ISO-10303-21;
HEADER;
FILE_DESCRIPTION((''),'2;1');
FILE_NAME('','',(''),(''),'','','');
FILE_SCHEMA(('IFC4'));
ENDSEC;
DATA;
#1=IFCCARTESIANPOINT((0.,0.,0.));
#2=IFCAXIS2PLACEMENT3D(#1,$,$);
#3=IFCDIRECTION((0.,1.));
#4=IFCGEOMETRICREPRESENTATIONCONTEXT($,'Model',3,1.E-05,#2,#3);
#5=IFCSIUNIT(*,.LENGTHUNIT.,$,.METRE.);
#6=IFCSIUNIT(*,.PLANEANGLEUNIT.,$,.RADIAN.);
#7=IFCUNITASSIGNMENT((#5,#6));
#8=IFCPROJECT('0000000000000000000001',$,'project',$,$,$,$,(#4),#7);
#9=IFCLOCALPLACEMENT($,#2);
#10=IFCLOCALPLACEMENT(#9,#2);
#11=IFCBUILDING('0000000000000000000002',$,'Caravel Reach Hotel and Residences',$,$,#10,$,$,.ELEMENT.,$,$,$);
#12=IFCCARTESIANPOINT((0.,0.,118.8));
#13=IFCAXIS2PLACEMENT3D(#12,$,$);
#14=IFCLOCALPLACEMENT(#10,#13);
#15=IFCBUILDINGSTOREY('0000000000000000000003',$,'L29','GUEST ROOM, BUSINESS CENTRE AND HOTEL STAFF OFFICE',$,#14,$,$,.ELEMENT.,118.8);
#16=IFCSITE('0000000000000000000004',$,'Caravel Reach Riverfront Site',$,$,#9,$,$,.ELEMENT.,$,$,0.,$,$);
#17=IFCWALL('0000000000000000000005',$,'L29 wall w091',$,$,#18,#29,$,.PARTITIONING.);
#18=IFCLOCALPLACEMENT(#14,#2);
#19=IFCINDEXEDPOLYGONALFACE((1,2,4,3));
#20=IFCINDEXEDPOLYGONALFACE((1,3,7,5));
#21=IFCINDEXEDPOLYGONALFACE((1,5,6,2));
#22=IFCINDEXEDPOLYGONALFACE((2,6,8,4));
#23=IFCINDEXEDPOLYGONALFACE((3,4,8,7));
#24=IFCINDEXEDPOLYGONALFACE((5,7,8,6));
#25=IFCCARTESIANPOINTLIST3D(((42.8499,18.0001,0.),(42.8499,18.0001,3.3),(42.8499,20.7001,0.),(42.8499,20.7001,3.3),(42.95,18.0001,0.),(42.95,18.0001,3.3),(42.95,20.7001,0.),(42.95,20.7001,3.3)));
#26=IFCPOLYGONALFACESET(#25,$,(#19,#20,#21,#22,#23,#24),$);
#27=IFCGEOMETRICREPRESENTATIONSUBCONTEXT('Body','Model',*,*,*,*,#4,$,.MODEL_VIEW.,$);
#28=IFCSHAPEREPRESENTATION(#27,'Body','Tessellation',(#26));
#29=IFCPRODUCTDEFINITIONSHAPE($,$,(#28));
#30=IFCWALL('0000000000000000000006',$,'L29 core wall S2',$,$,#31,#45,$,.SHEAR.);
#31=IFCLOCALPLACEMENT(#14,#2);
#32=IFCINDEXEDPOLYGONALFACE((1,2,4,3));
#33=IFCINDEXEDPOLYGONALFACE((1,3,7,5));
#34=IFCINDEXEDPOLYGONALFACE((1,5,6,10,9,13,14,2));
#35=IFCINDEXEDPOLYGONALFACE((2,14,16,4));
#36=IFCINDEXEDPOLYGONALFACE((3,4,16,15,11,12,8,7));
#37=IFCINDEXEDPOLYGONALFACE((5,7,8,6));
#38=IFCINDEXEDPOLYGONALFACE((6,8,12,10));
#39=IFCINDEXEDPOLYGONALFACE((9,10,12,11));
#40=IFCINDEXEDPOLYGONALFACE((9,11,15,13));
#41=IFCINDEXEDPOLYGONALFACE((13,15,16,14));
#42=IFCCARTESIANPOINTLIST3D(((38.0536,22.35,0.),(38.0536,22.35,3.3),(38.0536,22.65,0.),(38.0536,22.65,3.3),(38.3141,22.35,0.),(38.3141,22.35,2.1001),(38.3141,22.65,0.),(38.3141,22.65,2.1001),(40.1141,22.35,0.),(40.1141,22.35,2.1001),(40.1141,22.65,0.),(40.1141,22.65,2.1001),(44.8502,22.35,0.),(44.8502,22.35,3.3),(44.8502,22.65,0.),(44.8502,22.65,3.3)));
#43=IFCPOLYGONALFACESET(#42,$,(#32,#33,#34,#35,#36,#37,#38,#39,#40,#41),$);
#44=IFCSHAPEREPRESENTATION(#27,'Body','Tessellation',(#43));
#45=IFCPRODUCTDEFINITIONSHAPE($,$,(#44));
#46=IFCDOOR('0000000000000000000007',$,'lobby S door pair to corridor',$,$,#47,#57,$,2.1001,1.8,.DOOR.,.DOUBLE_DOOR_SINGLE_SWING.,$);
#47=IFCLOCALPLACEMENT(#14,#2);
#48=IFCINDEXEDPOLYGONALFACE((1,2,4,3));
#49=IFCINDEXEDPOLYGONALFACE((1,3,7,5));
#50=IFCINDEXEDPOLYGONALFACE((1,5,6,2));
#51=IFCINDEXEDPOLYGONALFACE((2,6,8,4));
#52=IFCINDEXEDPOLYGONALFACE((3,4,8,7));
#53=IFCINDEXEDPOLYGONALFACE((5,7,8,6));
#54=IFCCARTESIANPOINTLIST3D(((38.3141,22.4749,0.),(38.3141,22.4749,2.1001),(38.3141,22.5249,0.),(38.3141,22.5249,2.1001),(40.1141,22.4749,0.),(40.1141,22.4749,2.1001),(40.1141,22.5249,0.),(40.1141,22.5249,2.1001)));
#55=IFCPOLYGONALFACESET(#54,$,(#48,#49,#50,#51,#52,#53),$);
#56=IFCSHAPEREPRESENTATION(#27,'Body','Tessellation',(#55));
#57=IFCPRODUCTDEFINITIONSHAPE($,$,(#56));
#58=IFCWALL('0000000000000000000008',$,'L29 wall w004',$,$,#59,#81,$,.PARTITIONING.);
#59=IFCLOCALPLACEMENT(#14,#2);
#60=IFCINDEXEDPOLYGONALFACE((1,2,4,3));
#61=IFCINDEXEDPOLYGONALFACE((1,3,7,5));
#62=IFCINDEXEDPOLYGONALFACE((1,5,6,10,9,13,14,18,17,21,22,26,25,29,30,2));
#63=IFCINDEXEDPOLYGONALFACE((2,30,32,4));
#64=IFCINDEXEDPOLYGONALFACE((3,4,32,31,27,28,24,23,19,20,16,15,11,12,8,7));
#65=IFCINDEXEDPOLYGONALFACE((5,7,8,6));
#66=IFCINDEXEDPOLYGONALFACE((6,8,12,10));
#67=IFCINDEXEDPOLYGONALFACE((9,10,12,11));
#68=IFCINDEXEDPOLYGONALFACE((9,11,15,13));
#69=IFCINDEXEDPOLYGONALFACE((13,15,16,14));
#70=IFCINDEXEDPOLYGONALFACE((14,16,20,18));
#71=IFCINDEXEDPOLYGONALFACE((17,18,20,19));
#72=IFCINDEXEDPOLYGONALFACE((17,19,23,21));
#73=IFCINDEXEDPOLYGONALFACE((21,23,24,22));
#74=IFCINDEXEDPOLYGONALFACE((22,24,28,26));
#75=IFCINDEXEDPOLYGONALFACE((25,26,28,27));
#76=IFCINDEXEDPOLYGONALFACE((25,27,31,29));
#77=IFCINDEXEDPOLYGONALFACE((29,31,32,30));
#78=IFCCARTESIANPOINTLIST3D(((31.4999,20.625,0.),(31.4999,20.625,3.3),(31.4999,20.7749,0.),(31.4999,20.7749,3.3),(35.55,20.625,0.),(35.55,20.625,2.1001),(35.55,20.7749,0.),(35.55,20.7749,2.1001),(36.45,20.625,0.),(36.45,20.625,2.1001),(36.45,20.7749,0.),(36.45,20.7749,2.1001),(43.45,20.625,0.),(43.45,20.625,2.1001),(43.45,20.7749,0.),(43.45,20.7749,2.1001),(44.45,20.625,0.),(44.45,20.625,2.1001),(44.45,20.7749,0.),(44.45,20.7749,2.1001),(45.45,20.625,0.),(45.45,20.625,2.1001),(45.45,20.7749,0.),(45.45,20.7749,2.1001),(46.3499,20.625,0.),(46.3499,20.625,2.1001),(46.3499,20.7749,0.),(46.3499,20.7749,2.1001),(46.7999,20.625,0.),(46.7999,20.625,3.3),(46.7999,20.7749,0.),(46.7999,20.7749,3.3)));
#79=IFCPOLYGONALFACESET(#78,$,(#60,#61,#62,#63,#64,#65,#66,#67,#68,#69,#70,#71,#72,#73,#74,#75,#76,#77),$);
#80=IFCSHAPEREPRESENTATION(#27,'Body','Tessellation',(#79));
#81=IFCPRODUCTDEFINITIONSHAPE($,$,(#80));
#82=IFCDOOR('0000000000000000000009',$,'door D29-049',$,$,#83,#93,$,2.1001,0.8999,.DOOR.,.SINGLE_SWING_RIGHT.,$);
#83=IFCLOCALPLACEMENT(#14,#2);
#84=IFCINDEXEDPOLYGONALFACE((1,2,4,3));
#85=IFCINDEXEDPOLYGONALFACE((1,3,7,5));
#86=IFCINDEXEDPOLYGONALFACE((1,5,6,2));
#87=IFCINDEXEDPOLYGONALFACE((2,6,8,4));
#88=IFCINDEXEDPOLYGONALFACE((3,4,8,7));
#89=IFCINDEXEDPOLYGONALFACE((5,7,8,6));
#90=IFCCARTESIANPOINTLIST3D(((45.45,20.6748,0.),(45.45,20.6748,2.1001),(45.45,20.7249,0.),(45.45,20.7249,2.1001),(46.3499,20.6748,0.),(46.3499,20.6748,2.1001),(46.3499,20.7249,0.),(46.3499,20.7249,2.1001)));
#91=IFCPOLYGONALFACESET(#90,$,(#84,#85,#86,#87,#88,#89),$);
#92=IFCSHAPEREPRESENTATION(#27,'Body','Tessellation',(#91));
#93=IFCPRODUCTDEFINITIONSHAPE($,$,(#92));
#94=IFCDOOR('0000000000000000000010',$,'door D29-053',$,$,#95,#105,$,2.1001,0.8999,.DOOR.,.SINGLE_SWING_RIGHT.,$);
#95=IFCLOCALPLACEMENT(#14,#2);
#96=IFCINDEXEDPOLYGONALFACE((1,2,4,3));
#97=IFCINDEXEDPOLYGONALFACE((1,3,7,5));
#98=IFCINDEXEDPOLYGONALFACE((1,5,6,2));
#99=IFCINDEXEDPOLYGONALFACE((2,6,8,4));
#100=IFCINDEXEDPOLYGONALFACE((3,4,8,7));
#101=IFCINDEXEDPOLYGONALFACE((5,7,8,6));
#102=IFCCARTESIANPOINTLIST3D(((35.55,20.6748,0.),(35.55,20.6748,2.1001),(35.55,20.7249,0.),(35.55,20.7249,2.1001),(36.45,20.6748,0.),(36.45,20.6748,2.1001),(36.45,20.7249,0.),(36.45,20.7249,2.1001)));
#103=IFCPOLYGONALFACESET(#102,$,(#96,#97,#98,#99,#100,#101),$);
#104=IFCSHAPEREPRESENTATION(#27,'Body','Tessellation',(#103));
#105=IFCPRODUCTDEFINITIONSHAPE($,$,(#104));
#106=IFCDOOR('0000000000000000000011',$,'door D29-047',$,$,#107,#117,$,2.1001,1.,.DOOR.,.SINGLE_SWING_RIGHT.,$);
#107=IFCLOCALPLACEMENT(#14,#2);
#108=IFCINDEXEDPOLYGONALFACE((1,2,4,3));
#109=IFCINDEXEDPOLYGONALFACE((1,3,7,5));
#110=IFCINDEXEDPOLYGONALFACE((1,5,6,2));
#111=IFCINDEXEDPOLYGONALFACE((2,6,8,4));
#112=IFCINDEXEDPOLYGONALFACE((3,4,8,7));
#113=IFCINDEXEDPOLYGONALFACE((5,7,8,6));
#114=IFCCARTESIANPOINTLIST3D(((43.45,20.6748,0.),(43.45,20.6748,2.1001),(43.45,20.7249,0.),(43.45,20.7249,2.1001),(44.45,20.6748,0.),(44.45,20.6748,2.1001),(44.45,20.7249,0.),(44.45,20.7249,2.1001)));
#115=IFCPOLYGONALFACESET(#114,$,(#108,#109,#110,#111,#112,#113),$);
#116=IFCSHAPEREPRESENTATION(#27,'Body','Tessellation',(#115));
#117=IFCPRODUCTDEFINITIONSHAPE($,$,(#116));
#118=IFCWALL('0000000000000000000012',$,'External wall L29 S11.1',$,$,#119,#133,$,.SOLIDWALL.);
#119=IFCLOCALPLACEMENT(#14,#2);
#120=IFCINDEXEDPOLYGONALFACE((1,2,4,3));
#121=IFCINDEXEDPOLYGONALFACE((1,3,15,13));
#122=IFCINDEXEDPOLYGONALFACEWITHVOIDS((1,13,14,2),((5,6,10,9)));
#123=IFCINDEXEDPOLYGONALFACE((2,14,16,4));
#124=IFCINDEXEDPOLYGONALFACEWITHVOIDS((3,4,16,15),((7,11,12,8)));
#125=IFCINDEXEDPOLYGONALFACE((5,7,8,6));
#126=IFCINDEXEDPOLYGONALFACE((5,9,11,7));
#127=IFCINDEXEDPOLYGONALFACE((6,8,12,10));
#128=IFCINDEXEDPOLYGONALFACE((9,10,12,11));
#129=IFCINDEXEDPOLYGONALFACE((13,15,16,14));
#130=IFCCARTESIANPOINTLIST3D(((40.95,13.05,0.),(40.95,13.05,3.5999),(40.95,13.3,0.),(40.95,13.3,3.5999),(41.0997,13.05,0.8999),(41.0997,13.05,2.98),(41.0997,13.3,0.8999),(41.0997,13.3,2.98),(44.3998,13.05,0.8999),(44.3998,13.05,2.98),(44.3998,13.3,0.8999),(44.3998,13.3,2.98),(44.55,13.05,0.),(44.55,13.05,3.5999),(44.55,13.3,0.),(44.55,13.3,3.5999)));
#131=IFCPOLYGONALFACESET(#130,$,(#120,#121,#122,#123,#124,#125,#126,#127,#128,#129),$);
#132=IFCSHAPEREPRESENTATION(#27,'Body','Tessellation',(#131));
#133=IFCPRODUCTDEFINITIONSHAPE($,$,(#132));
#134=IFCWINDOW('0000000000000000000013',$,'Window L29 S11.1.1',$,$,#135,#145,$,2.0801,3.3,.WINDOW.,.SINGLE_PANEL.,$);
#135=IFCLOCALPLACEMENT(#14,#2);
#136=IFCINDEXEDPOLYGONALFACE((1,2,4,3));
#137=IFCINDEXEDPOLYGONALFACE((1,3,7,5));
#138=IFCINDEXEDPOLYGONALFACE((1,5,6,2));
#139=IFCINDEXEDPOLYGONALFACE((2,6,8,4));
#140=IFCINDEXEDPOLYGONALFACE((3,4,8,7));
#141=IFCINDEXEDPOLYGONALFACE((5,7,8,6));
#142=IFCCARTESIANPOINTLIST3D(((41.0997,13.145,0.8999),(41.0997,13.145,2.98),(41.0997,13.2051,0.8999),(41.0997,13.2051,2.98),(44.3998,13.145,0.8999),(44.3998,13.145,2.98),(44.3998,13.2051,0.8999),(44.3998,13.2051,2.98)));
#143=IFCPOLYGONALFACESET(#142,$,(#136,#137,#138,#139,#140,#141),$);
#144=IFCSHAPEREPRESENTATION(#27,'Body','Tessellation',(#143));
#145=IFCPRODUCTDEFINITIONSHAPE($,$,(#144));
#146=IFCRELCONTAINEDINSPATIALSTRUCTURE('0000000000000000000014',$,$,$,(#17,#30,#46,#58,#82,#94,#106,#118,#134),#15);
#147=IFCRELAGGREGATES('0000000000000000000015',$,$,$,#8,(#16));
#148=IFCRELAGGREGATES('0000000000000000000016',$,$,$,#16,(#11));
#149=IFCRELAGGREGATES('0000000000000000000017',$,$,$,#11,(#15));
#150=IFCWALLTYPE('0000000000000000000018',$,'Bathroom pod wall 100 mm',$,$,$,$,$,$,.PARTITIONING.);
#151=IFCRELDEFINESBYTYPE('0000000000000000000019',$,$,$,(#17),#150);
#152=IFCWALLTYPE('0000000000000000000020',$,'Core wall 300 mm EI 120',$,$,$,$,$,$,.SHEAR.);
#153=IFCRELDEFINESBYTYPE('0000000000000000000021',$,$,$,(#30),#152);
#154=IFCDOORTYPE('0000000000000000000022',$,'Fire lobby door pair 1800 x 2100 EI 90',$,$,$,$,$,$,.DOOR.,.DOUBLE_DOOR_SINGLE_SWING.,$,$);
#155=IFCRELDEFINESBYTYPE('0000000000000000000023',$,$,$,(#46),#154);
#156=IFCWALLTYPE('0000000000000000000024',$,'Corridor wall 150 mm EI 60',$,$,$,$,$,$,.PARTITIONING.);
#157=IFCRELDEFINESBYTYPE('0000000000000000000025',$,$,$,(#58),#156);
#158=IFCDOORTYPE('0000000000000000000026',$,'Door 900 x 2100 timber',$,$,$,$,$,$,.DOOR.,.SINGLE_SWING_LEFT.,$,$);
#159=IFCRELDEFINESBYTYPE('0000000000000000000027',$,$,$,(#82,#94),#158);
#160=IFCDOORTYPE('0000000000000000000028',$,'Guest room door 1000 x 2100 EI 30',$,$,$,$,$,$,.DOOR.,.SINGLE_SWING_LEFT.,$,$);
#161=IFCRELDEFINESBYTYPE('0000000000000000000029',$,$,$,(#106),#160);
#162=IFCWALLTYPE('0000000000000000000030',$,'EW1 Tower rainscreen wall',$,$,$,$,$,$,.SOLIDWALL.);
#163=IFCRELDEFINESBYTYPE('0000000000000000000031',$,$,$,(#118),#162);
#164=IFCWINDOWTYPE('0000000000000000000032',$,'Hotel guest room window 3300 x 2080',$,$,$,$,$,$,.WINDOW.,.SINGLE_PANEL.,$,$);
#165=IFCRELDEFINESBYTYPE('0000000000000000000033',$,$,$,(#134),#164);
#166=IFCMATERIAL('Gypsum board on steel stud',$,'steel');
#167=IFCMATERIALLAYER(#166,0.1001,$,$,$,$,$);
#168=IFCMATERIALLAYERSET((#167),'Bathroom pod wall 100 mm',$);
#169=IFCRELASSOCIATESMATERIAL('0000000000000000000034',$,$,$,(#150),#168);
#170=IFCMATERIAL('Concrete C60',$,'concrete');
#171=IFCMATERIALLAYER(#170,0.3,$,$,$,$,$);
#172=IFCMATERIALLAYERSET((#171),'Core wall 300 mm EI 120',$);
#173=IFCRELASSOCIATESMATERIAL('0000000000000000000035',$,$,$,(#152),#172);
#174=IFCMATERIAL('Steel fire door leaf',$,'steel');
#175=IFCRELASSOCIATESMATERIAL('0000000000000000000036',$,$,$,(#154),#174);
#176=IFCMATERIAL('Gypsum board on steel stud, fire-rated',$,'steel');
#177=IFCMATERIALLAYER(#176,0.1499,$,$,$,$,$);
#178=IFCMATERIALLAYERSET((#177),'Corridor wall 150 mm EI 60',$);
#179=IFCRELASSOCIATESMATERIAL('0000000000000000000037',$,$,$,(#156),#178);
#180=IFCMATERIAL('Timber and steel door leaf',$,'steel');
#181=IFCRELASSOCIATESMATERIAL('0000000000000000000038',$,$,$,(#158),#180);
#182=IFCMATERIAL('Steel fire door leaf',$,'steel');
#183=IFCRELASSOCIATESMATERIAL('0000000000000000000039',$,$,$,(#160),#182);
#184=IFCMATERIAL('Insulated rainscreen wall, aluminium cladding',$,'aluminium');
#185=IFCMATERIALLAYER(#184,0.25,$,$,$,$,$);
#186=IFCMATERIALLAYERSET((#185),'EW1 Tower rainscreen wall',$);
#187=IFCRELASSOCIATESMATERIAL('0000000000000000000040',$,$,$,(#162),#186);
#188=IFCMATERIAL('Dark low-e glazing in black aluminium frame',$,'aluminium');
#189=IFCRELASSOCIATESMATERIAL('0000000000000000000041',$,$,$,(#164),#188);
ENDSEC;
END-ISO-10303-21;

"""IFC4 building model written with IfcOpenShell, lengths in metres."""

from ifc_helpers import new_model, si_unit, direction, frame, frame_2d, origin, place, context, subcontext, project, spatial, rectangle, extrude, material, layer, layer_set, type_object, element, fill, save


model = new_model("IFC4")

# Units and contexts
model_context = context("Model", 3, precision=1e-05, world=origin(), true_north=direction((0.0, 1.0)))
body_context = subcontext(model_context, "Body", "Model", "MODEL_VIEW")
ifc_project = project(units=[si_unit("LENGTHUNIT", "METRE"), si_unit("PLANEANGLEUNIT", "RADIAN")], contexts=[model_context])

# Site, building, storey
site_placement = place(None, origin())
site = spatial("IfcSite", under=ifc_project, at=site_placement, Name="Caravel Reach Riverfront Site", CompositionType="ELEMENT", RefElevation=0.0)
building_placement = place(site_placement, origin())
building = spatial("IfcBuilding", under=site, at=building_placement, Name="Caravel Reach Hotel and Residences", CompositionType="ELEMENT")
storey_placement = place(building_placement, frame((0.0, 0.0, 118.8)))
storey = spatial("IfcBuildingStorey", under=building, at=storey_placement, Name="L29", Description="GUEST ROOM, BUSINESS CENTRE AND HOTEL STAFF OFFICE", CompositionType="ELEMENT", Elevation=118.8)

# Shared definitions
ifc_material_1 = material(Name="Gypsum board on steel stud", Category="steel")
ifc_layer_1 = layer(ifc_material_1, 0.1001)
ifc_layer_set_1 = layer_set([ifc_layer_1], Name="Bathroom pod wall 100 mm")
wall_type_1 = type_object("IfcWallType", Name="Bathroom pod wall 100 mm", PredefinedType="PARTITIONING", material=ifc_layer_set_1)

# Wall
wall_1_placement = place(storey_placement, frame((42.8999, 18.0, 0.0), z_axis=(0.0, 0.0, 1.0), x_axis=(0.0, 1.0, 0.0)))
element("IfcWall", 1, at=wall_1_placement, inside=storey, type_object=wall_type_1, Name="L29 wall w091", PredefinedType="PARTITIONING", context=body_context, shape_type="SweptSolid", body=[
    extrude(rectangle(XDim=2.7, YDim=0.1001, at=frame_2d((1.3501, 0.0))), origin(), (0.0, 0.0, 1.0), 3.3),
])

# Wall, opening, door
ifc_material_2 = material(Name="Concrete C60", Category="concrete")
ifc_layer_2 = layer(ifc_material_2, 0.3)
ifc_layer_set_2 = layer_set([ifc_layer_2], Name="Core wall 300 mm EI 120")
wall_type_2 = type_object("IfcWallType", Name="Core wall 300 mm EI 120", PredefinedType="SHEAR", material=ifc_layer_set_2)
wall_2_placement = place(storey_placement, frame((38.0535, 22.5, 0.0), z_axis=(0.0, 0.0, 1.0), x_axis=(1.0, 0.0, 0.0)))
wall_2 = element("IfcWall", 2, at=wall_2_placement, inside=storey, type_object=wall_type_2, Name="L29 core wall S2", PredefinedType="SHEAR", context=body_context, shape_type="SweptSolid", body=[
    extrude(rectangle(XDim=6.7966, YDim=0.3, at=frame_2d((3.3984, 0.0))), origin(), (0.0, 0.0, 1.0), 3.3),
])
opening_1_placement = place(wall_2_placement, frame((0.2607, 0.0, 0.0)))
opening_1 = element("IfcOpeningElement", 3, at=opening_1_placement, cuts=wall_2, PredefinedType="OPENING", context=body_context, shape_type="SweptSolid", body=[
    extrude(rectangle(XDim=1.8, YDim=2.1001, at=frame_2d((0.8999, 1.05))), frame((0.0, 0.1599, 0.0), z_axis=(0.0, -1.0, 0.0), x_axis=(1.0, 0.0, 0.0)), (0.0, 0.0, 1.0), 0.3201),
])
ifc_material_3 = material(Name="Steel fire door leaf", Category="steel")
door_type_1 = type_object("IfcDoorType", Name="Fire lobby door pair 1800 x 2100 EI 90", OperationType="DOUBLE_DOOR_SINGLE_SWING", PredefinedType="DOOR", material=ifc_material_3)
door_1_placement = place(opening_1_placement, origin())
door_1 = element("IfcDoor", 4, at=door_1_placement, inside=storey, type_object=door_type_1, Name="lobby S door pair to corridor", OperationType="DOUBLE_DOOR_SINGLE_SWING", OverallHeight=2.1001, OverallWidth=1.8, PredefinedType="DOOR", context=body_context, shape_type="SweptSolid", body=[
    extrude(rectangle(XDim=1.8, YDim=2.1001, at=frame_2d((0.8999, 1.05))), frame((0.0, 0.0249, 0.0), z_axis=(0.0, -1.0, 0.0), x_axis=(1.0, 0.0, 0.0)), (0.0, 0.0, 1.0), 0.05),
])
fill(opening_1, door_1)

# Wall, openings, doors
ifc_material_4 = material(Name="Gypsum board on steel stud, fire-rated", Category="steel")
ifc_layer_3 = layer(ifc_material_4, 0.1499)
ifc_layer_set_3 = layer_set([ifc_layer_3], Name="Corridor wall 150 mm EI 60")
wall_type_3 = type_object("IfcWallType", Name="Corridor wall 150 mm EI 60", PredefinedType="PARTITIONING", material=ifc_layer_set_3)
wall_3_placement = place(storey_placement, frame((31.5, 20.7, 0.0), z_axis=(0.0, 0.0, 1.0), x_axis=(1.0, 0.0, 0.0)))
wall_3 = element("IfcWall", 5, at=wall_3_placement, inside=storey, type_object=wall_type_3, Name="L29 wall w004", PredefinedType="PARTITIONING", context=body_context, shape_type="SweptSolid", body=[
    extrude(rectangle(XDim=15.3, YDim=0.1499, at=frame_2d((7.6499, 0.0))), origin(), (0.0, 0.0, 1.0), 3.3),
])
opening_2_placement = place(wall_3_placement, frame((11.95, 0.0, 0.0)))
opening_2 = element("IfcOpeningElement", 6, at=opening_2_placement, cuts=wall_3, PredefinedType="OPENING", context=body_context, shape_type="SweptSolid", body=[
    extrude(rectangle(XDim=1.0, YDim=2.1001, at=frame_2d((0.5, 1.05))), frame((0.0, 0.085, 0.0), z_axis=(0.0, -1.0, 0.0), x_axis=(1.0, 0.0, 0.0)), (0.0, 0.0, 1.0), 0.1699),
])
opening_3_placement = place(wall_3_placement, frame((13.95, 0.0, 0.0)))
opening_3 = element("IfcOpeningElement", 7, at=opening_3_placement, cuts=wall_3, PredefinedType="OPENING", context=body_context, shape_type="SweptSolid", body=[
    extrude(rectangle(XDim=0.8999, YDim=2.1001, at=frame_2d((0.45, 1.05))), frame((0.0, 0.085, 0.0), z_axis=(0.0, -1.0, 0.0), x_axis=(1.0, 0.0, 0.0)), (0.0, 0.0, 1.0), 0.1699),
])
opening_4_placement = place(wall_3_placement, frame((4.05, 0.0, 0.0)))
opening_4 = element("IfcOpeningElement", 8, at=opening_4_placement, cuts=wall_3, PredefinedType="OPENING", context=body_context, shape_type="SweptSolid", body=[
    extrude(rectangle(XDim=0.8999, YDim=2.1001, at=frame_2d((0.45, 1.05))), frame((0.0, 0.085, 0.0), z_axis=(0.0, -1.0, 0.0), x_axis=(1.0, 0.0, 0.0)), (0.0, 0.0, 1.0), 0.1699),
])
ifc_material_5 = material(Name="Timber and steel door leaf", Category="steel")
door_type_2 = type_object("IfcDoorType", Name="Door 900 x 2100 timber", OperationType="SINGLE_SWING_LEFT", PredefinedType="DOOR", material=ifc_material_5)
door_2_placement = place(opening_3_placement, origin())
door_2 = element("IfcDoor", 9, at=door_2_placement, inside=storey, type_object=door_type_2, Name="door D29-049", OperationType="SINGLE_SWING_RIGHT", OverallHeight=2.1001, OverallWidth=0.8999, PredefinedType="DOOR", context=body_context, shape_type="SweptSolid", body=[
    extrude(rectangle(XDim=0.8999, YDim=2.1001, at=frame_2d((0.45, 1.05))), frame((0.0, 0.0249, 0.0), z_axis=(0.0, -1.0, 0.0), x_axis=(1.0, 0.0, 0.0)), (0.0, 0.0, 1.0), 0.05),
])
fill(opening_3, door_2)
door_3_placement = place(opening_4_placement, origin())
door_3 = element("IfcDoor", 10, at=door_3_placement, inside=storey, type_object=door_type_2, Name="door D29-053", OperationType="SINGLE_SWING_RIGHT", OverallHeight=2.1001, OverallWidth=0.8999, PredefinedType="DOOR", context=body_context, shape_type="SweptSolid", body=[
    extrude(rectangle(XDim=0.8999, YDim=2.1001, at=frame_2d((0.45, 1.05))), frame((0.0, 0.0249, 0.0), z_axis=(0.0, -1.0, 0.0), x_axis=(1.0, 0.0, 0.0)), (0.0, 0.0, 1.0), 0.05),
])
fill(opening_4, door_3)
ifc_material_6 = material(Name="Steel fire door leaf", Category="steel")
door_type_3 = type_object("IfcDoorType", Name="Guest room door 1000 x 2100 EI 30", OperationType="SINGLE_SWING_LEFT", PredefinedType="DOOR", material=ifc_material_6)
door_4_placement = place(opening_2_placement, origin())
door_4 = element("IfcDoor", 11, at=door_4_placement, inside=storey, type_object=door_type_3, Name="door D29-047", OperationType="SINGLE_SWING_RIGHT", OverallHeight=2.1001, OverallWidth=1.0, PredefinedType="DOOR", context=body_context, shape_type="SweptSolid", body=[
    extrude(rectangle(XDim=1.0, YDim=2.1001, at=frame_2d((0.5, 1.05))), frame((0.0, 0.0249, 0.0), z_axis=(0.0, -1.0, 0.0), x_axis=(1.0, 0.0, 0.0)), (0.0, 0.0, 1.0), 0.05),
])
fill(opening_2, door_4)

# Wall, opening, window
ifc_material_7 = material(Name="Insulated rainscreen wall, aluminium cladding", Category="aluminium")
ifc_layer_4 = layer(ifc_material_7, 0.25)
ifc_layer_set_4 = layer_set([ifc_layer_4], Name="EW1 Tower rainscreen wall")
wall_type_4 = type_object("IfcWallType", Name="EW1 Tower rainscreen wall", PredefinedType="SOLIDWALL", material=ifc_layer_set_4)
wall_4_placement = place(storey_placement, frame((40.95, 13.175, 0.0), z_axis=(0.0, 0.0, 1.0), x_axis=(1.0, 0.0, 0.0)))
wall_4 = element("IfcWall", 12, at=wall_4_placement, inside=storey, type_object=wall_type_4, Name="External wall L29 S11.1", PredefinedType="SOLIDWALL", context=body_context, shape_type="SweptSolid", body=[
    extrude(rectangle(XDim=3.6001, YDim=0.25, at=frame_2d((1.8, 0.0))), origin(), (0.0, 0.0, 1.0), 3.5999),
])
opening_5_placement = place(wall_4_placement, frame((0.1499, 0.0, 0.8999)))
opening_5 = element("IfcOpeningElement", 13, at=opening_5_placement, cuts=wall_4, PredefinedType="OPENING", context=body_context, shape_type="SweptSolid", body=[
    extrude(rectangle(XDim=3.3, YDim=2.0801, at=frame_2d((1.6499, 1.04))), frame((0.0, 0.135, 0.0), z_axis=(0.0, -1.0, 0.0), x_axis=(1.0, 0.0, 0.0)), (0.0, 0.0, 1.0), 0.27),
])
ifc_material_8 = material(Name="Dark low-e glazing in black aluminium frame", Category="aluminium")
window_type = type_object("IfcWindowType", Name="Hotel guest room window 3300 x 2080", PartitioningType="SINGLE_PANEL", PredefinedType="WINDOW", material=ifc_material_8)
window_placement = place(opening_5_placement, origin())
window = element("IfcWindow", 14, at=window_placement, inside=storey, type_object=window_type, Name="Window L29 S11.1.1", OverallHeight=2.0801, OverallWidth=3.3, PartitioningType="SINGLE_PANEL", PredefinedType="WINDOW", context=body_context, shape_type="SweptSolid", body=[
    extrude(rectangle(XDim=3.3, YDim=2.0801, at=frame_2d((1.6499, 1.04))), frame((0.0, 0.03, 0.0), z_axis=(0.0, -1.0, 0.0), x_axis=(1.0, 0.0, 0.0)), (0.0, 0.0, 1.0), 0.0601),
])
fill(opening_5, window)

save(model, "model.ifc")
